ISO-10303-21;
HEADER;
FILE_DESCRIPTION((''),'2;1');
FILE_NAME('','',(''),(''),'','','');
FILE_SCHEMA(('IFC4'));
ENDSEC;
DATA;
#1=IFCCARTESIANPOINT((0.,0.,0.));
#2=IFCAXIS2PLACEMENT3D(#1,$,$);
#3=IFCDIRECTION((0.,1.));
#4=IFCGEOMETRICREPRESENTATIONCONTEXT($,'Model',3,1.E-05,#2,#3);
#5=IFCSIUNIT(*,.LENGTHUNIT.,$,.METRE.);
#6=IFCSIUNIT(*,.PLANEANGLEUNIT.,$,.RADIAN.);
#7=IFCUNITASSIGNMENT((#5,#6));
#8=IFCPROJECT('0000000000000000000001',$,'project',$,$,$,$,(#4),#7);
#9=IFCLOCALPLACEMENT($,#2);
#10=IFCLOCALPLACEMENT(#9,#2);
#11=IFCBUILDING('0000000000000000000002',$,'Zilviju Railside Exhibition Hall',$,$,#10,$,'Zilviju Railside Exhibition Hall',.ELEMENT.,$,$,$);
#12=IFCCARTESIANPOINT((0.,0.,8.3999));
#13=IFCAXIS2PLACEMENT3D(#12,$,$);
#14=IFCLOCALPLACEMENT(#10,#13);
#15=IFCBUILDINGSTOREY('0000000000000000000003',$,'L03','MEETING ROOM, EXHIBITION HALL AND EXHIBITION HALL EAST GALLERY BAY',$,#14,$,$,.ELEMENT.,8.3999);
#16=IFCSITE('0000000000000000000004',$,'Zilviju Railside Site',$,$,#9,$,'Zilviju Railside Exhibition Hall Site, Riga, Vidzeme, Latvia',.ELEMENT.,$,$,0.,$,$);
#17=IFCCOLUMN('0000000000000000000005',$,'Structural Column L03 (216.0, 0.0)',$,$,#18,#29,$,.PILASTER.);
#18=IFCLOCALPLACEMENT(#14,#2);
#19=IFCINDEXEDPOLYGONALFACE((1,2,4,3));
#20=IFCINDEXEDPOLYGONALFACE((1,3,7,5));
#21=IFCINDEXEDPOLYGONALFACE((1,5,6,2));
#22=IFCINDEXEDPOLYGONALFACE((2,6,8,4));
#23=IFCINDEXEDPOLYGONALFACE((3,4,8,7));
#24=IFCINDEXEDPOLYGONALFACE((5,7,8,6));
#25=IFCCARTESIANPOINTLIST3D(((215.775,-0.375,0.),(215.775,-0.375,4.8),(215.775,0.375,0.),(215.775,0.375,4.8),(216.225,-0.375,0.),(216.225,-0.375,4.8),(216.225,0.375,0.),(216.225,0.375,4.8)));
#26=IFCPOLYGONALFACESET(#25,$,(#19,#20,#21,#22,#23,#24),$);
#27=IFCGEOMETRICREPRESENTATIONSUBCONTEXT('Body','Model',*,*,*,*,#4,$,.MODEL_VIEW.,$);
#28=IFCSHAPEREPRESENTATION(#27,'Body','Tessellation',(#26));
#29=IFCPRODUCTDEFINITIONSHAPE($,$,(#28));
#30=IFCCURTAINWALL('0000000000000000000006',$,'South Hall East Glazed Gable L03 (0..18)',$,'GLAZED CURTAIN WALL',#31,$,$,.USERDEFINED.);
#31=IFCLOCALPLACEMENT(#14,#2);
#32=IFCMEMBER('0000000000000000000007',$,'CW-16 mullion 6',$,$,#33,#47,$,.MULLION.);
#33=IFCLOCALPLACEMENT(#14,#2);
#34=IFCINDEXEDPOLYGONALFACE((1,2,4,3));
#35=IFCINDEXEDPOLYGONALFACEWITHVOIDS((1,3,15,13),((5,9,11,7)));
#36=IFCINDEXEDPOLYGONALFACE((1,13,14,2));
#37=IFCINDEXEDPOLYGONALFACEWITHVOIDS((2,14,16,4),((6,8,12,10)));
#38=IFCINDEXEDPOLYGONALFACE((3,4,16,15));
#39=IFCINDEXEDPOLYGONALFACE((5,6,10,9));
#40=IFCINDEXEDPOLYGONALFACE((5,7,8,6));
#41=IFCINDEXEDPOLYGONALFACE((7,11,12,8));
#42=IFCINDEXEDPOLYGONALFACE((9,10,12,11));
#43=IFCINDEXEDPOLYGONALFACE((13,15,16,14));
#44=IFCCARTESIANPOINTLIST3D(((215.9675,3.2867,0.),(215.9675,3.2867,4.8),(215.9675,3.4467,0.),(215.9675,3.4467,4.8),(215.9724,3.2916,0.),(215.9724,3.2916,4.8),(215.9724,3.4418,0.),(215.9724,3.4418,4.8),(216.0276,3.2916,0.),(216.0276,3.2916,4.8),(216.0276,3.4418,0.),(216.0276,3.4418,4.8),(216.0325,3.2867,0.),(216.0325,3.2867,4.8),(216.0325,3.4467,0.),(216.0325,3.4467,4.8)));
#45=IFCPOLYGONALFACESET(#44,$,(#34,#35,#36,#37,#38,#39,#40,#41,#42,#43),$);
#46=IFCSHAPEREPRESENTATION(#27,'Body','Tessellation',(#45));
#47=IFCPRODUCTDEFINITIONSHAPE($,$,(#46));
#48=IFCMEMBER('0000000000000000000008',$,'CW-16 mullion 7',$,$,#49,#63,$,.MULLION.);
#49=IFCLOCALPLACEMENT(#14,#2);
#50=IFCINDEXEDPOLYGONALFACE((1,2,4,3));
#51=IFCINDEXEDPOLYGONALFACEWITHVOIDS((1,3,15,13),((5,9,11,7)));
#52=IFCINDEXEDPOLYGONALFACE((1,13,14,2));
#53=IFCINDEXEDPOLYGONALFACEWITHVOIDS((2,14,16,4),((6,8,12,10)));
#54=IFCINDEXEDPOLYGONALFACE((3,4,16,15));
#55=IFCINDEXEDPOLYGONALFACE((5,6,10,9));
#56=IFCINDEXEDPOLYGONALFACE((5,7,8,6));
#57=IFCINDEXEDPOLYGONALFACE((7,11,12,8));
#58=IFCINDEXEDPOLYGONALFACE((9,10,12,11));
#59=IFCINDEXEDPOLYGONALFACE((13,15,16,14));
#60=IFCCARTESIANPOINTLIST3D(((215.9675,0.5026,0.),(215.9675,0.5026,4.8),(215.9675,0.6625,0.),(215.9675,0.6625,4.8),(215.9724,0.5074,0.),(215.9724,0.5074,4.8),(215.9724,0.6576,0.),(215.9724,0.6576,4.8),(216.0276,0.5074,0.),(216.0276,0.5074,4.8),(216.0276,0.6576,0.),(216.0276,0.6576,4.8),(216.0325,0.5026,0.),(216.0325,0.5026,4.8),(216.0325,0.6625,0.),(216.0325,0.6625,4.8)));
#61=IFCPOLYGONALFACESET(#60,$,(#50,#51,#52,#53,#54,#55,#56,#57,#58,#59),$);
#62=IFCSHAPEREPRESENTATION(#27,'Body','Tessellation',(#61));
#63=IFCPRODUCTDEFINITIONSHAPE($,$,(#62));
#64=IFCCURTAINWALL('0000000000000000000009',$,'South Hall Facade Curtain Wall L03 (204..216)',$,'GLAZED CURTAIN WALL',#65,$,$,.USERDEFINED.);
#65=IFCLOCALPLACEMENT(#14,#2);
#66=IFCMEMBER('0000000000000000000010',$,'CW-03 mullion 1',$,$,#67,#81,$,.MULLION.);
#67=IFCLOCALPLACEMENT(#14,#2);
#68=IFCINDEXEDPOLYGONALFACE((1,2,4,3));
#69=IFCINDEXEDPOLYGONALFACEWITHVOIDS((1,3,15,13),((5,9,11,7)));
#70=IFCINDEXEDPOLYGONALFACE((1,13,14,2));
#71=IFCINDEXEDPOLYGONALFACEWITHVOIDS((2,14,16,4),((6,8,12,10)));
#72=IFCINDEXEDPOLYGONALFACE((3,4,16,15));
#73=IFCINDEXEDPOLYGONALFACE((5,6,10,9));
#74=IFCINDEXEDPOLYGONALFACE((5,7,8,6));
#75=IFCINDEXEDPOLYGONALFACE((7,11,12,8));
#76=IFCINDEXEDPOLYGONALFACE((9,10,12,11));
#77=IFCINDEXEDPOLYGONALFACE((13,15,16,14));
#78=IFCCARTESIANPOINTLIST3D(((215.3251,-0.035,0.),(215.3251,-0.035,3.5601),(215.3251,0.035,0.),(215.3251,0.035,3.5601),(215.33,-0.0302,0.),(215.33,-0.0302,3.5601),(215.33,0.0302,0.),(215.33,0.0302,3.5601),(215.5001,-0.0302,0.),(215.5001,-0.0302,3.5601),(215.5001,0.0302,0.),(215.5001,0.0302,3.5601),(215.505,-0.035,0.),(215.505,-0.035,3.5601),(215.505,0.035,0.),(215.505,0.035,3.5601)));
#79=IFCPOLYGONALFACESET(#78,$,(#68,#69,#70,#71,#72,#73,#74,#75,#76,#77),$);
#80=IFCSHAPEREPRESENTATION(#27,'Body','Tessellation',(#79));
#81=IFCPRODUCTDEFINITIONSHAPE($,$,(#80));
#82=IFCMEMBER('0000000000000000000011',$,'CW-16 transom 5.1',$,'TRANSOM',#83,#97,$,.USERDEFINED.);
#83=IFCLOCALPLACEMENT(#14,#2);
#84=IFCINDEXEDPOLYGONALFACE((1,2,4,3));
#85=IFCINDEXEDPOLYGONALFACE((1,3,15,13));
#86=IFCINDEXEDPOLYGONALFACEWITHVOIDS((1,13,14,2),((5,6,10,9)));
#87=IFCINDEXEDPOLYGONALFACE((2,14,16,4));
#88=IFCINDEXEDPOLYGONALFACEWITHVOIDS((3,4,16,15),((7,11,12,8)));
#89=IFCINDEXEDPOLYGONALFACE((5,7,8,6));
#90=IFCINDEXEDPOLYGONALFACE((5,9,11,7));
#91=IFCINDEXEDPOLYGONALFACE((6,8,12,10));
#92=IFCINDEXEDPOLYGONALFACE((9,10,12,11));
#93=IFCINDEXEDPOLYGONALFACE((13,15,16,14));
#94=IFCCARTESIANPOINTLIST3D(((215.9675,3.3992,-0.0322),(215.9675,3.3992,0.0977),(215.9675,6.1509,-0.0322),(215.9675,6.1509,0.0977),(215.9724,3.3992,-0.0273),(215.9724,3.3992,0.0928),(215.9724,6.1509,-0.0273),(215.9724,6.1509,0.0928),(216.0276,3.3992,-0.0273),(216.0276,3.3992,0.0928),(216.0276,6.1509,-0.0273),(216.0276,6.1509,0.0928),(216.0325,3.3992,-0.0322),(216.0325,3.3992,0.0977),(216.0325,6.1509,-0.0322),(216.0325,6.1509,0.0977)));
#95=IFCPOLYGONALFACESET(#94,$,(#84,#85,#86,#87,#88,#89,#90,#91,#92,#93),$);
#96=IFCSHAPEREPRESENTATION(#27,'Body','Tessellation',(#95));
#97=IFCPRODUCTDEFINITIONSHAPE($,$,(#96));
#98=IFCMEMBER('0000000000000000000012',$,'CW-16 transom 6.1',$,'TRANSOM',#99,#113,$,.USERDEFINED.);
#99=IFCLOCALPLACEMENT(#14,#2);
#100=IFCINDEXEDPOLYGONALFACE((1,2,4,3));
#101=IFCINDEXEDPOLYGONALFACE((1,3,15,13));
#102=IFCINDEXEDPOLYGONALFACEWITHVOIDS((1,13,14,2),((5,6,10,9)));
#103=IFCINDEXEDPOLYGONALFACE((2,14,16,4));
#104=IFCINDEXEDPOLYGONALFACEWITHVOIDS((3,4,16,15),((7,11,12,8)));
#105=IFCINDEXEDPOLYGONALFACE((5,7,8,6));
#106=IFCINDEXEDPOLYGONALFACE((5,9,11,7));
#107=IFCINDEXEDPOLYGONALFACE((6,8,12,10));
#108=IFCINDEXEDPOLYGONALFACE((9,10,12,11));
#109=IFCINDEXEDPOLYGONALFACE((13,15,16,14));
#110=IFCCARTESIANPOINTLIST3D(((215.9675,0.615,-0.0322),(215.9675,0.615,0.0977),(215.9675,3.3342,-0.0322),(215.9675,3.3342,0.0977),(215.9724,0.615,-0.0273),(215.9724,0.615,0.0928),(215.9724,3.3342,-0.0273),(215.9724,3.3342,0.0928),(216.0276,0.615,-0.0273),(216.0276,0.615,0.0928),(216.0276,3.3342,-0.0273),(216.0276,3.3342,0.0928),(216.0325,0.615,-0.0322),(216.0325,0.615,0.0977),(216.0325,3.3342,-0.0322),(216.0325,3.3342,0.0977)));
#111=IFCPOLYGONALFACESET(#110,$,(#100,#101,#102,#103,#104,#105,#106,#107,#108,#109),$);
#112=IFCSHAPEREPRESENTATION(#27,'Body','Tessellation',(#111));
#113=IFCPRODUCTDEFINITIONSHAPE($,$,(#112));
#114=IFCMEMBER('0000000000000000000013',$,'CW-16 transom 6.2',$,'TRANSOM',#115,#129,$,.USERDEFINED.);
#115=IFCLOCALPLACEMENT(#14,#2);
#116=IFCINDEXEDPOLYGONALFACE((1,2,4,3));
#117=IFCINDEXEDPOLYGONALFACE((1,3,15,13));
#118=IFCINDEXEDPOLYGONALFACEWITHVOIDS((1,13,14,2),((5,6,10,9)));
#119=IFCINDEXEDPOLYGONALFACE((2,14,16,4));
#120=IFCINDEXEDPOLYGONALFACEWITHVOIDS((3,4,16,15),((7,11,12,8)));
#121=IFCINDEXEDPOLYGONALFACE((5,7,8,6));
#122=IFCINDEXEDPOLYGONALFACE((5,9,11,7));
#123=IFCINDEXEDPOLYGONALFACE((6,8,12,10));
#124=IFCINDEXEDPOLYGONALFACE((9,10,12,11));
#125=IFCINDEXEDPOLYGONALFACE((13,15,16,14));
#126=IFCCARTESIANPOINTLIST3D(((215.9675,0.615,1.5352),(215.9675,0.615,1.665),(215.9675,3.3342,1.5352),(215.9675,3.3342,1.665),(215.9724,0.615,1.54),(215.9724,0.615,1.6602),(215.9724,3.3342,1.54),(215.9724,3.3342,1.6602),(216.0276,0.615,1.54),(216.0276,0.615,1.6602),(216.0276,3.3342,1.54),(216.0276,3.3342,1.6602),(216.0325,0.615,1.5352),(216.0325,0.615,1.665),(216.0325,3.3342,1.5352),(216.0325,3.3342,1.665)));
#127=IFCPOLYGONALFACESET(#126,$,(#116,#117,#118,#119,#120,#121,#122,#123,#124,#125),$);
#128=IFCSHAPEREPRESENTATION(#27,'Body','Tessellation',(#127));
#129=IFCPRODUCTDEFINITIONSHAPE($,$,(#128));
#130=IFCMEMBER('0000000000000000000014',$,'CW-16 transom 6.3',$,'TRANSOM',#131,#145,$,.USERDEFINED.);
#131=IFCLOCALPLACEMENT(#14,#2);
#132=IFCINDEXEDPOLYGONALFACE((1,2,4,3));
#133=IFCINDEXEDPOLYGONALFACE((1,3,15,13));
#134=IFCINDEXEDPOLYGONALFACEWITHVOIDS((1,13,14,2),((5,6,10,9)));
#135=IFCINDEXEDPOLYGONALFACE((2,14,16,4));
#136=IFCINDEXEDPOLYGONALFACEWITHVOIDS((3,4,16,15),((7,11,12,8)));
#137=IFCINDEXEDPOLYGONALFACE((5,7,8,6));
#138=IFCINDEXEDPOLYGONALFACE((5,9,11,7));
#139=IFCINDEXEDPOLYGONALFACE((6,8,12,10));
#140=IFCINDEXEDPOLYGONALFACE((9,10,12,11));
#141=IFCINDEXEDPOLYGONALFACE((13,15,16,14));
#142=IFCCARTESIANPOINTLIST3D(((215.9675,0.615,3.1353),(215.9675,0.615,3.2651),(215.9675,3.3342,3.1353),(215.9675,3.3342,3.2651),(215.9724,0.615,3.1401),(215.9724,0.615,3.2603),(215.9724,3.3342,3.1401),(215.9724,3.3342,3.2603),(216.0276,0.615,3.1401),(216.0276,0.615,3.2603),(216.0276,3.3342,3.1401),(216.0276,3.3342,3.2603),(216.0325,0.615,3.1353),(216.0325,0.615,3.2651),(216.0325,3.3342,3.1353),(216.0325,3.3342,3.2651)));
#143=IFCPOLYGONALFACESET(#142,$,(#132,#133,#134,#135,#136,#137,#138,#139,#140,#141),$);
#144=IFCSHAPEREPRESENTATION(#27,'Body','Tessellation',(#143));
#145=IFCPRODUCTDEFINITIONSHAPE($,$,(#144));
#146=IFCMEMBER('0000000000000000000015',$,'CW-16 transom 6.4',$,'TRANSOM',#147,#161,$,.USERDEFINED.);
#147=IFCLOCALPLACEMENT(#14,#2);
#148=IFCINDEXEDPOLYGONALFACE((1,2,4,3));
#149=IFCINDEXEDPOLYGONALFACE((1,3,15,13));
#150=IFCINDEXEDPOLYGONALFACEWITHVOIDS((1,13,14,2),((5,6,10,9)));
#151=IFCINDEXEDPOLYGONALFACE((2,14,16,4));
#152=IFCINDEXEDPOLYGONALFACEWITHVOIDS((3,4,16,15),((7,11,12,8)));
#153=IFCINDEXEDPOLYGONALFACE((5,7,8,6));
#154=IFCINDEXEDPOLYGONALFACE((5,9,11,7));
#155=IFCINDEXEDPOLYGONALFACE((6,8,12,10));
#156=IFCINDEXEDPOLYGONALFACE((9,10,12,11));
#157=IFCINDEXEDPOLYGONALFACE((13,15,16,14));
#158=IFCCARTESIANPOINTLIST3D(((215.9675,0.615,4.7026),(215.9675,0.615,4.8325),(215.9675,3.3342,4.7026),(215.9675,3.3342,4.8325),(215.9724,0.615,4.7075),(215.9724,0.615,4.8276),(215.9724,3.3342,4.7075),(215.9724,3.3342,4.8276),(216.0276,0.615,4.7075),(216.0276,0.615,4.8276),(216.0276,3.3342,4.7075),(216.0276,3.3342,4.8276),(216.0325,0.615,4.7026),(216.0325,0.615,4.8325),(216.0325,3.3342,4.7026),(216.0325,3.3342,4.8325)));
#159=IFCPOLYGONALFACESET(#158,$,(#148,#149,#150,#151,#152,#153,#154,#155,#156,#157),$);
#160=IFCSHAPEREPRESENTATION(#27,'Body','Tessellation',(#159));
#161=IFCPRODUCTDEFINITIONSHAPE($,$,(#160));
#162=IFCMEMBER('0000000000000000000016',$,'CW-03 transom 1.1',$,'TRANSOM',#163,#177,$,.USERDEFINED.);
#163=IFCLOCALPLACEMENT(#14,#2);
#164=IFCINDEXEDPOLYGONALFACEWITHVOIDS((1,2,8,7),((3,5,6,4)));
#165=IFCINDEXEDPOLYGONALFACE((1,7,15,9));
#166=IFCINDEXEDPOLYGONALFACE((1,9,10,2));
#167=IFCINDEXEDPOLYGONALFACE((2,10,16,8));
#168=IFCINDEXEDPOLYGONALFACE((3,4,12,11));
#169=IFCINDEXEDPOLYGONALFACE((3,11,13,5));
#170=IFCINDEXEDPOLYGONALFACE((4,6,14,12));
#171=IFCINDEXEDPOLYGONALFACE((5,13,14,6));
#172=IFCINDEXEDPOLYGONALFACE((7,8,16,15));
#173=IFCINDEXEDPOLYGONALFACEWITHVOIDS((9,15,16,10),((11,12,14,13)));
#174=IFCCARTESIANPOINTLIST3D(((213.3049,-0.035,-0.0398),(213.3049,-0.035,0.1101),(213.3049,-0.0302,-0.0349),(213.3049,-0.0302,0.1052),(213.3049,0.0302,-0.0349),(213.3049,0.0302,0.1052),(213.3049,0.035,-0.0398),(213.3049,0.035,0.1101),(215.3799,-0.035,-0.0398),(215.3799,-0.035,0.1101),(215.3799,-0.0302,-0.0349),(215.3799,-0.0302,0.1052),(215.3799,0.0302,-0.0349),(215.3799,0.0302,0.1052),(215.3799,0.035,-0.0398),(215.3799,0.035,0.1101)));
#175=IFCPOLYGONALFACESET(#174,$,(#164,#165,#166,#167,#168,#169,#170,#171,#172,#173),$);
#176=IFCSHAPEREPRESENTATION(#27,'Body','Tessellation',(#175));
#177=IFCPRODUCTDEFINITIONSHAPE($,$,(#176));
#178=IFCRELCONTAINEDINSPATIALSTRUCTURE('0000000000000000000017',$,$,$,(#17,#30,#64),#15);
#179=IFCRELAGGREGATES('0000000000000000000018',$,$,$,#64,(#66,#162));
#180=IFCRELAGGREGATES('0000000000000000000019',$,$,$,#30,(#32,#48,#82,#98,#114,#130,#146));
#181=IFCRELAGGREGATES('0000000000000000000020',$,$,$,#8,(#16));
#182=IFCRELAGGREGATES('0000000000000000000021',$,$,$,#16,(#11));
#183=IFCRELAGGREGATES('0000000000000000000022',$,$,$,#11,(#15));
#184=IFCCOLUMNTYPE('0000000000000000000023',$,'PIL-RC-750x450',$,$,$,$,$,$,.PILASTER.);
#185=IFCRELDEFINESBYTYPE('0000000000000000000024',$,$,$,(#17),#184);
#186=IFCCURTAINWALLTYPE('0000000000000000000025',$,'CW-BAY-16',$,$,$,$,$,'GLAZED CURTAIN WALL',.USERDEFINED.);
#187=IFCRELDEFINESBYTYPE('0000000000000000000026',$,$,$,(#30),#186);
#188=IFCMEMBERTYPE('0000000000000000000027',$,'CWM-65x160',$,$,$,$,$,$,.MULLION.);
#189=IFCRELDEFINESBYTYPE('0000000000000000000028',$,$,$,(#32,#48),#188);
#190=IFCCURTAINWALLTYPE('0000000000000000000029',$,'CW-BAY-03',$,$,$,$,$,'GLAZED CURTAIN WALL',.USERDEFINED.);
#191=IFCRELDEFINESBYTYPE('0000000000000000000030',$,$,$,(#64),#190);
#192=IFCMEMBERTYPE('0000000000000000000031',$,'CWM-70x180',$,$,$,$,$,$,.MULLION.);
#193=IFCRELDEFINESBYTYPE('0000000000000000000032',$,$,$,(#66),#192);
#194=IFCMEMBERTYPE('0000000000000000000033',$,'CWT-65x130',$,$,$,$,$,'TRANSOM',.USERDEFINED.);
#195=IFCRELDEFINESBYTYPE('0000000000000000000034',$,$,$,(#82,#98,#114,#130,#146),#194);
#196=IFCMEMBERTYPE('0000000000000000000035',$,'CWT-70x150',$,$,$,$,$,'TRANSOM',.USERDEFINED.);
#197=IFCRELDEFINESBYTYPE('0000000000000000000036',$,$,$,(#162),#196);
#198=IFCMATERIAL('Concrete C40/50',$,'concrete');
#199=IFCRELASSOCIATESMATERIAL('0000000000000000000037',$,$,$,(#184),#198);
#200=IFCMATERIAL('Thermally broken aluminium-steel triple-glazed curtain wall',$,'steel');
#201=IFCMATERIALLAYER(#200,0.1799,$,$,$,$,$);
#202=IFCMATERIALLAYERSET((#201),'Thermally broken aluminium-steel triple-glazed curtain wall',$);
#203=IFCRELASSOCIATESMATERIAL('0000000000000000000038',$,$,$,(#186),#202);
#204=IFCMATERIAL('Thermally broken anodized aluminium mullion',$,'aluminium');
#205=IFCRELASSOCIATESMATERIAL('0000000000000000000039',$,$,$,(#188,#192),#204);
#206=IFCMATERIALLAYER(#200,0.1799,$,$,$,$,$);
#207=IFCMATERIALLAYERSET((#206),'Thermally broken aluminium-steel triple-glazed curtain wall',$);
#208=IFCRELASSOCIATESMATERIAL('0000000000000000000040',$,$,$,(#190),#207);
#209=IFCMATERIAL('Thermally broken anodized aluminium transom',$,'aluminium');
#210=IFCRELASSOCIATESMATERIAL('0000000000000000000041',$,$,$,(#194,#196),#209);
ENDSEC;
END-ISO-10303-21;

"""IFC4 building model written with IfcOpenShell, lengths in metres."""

from ifc_helpers import new_model, si_unit, direction, frame, origin, origin_2d, place, context, subcontext, project, spatial, rectangle, hollow_rectangle, extrude, material, layer, layer_set, material_profile, profile_set, type_object, element, aggregate, save


model = new_model("IFC4")

# Units and contexts
model_context = context("Model", 3, precision=1e-05, world=origin(), true_north=direction((0.0, 1.0)))
body_context = subcontext(model_context, "Body", "Model", "MODEL_VIEW")
ifc_project = project(units=[si_unit("LENGTHUNIT", "METRE"), si_unit("PLANEANGLEUNIT", "RADIAN")], contexts=[model_context])

# Site, building, storey
site_placement = place(None, origin())
site = spatial("IfcSite", under=ifc_project, at=site_placement, Name="Zilviju Railside Site", LongName="Zilviju Railside Exhibition Hall Site, Riga, Vidzeme, Latvia", CompositionType="ELEMENT", RefElevation=0.0)
building_placement = place(site_placement, origin())
building = spatial("IfcBuilding", under=site, at=building_placement, Name="Zilviju Railside Exhibition Hall", LongName="Zilviju Railside Exhibition Hall", CompositionType="ELEMENT")
storey_placement = place(building_placement, frame((0.0, 0.0, 8.3999)))
storey = spatial("IfcBuildingStorey", under=building, at=storey_placement, Name="L03", Description="MEETING ROOM, EXHIBITION HALL AND EXHIBITION HALL EAST GALLERY BAY", CompositionType="ELEMENT", Elevation=8.3999)

# Column
ifc_material_1 = material(Name="Concrete C40/50", Category="concrete")
ifc_material_profile_1 = material_profile(ifc_material_1, rectangle(XDim=0.45, YDim=0.75, at=origin_2d()), Name="RC COL 450x750")
ifc_profile_set_1 = profile_set([ifc_material_profile_1], Name="Concrete C40/50")
column_type = type_object("IfcColumnType", Name="PIL-RC-750x450", PredefinedType="PILASTER", material=ifc_profile_set_1)
column_placement = place(storey_placement, frame((216.0, 0.0, 0.0), z_axis=(0.0, 0.0, 1.0), x_axis=(1.0, 0.0, 0.0)))
element("IfcColumn", 1, at=column_placement, inside=storey, type_object=column_type, Name="Structural Column L03 (216.0, 0.0)", PredefinedType="PILASTER", context=body_context, shape_type="SweptSolid", body=[
    extrude(rectangle(XDim=0.45, YDim=0.75, at=origin_2d()), origin(), (0.0, 0.0, 1.0), 4.8),
])

# Curtain wall, members
ifc_material_2 = material(Name="Thermally broken aluminium-steel triple-glazed curtain wall", Category="steel")
ifc_layer_1 = layer(ifc_material_2, 0.1799)
ifc_layer_set_1 = layer_set([ifc_layer_1], Name="Thermally broken aluminium-steel triple-glazed curtain wall")
curtain_wall_type_1 = type_object("IfcCurtainWallType", Name="CW-BAY-16", ElementType="GLAZED CURTAIN WALL", PredefinedType="USERDEFINED", material=ifc_layer_set_1)
curtain_wall_1_placement = place(storey_placement, origin())
curtain_wall_1 = element("IfcCurtainWall", 2, at=curtain_wall_1_placement, inside=storey, type_object=curtain_wall_type_1, Name="South Hall East Glazed Gable L03 (0..18)", ObjectType="GLAZED CURTAIN WALL", PredefinedType="USERDEFINED")
ifc_material_3 = material(Name="Thermally broken anodized aluminium mullion", Category="aluminium")
ifc_material_profile_2 = material_profile(ifc_material_3, hollow_rectangle(XDim=0.0649, YDim=0.1599, WallThickness=0.0049, at=origin_2d()), Name="MULLION 160x65x5")
ifc_profile_set_2 = profile_set([ifc_material_profile_2], Name="Thermally broken anodized aluminium mullion")
member_type_1 = type_object("IfcMemberType", Name="CWM-65x160", PredefinedType="MULLION", material=ifc_profile_set_2)
member_1_placement = place(storey_placement, frame((216.0, 3.3667, 0.0), z_axis=(0.0, 0.0, 1.0), x_axis=(1.0, 0.0, 0.0)))
member_1 = element("IfcMember", 3, at=member_1_placement, type_object=member_type_1, Name="CW-16 mullion 6", PredefinedType="MULLION", context=body_context, shape_type="SweptSolid", body=[
    extrude(hollow_rectangle(XDim=0.0649, YDim=0.1599, WallThickness=0.0049, at=origin_2d()), origin(), (0.0, 0.0, 1.0), 4.8),
])
member_2_placement = place(storey_placement, frame((216.0, 0.5825, 0.0), z_axis=(0.0, 0.0, 1.0), x_axis=(1.0, 0.0, 0.0)))
member_2 = element("IfcMember", 4, at=member_2_placement, type_object=member_type_1, Name="CW-16 mullion 7", PredefinedType="MULLION", context=body_context, shape_type="SweptSolid", body=[
    extrude(hollow_rectangle(XDim=0.0649, YDim=0.1599, WallThickness=0.0049, at=origin_2d()), origin(), (0.0, 0.0, 1.0), 4.8),
])

# Curtain wall, member
ifc_layer_2 = layer(ifc_material_2, 0.1799)
ifc_layer_set_2 = layer_set([ifc_layer_2], Name="Thermally broken aluminium-steel triple-glazed curtain wall")
curtain_wall_type_2 = type_object("IfcCurtainWallType", Name="CW-BAY-03", ElementType="GLAZED CURTAIN WALL", PredefinedType="USERDEFINED", material=ifc_layer_set_2)
curtain_wall_2_placement = place(storey_placement, origin())
curtain_wall_2 = element("IfcCurtainWall", 5, at=curtain_wall_2_placement, inside=storey, type_object=curtain_wall_type_2, Name="South Hall Facade Curtain Wall L03 (204..216)", ObjectType="GLAZED CURTAIN WALL", PredefinedType="USERDEFINED")
ifc_material_profile_3 = material_profile(ifc_material_3, hollow_rectangle(XDim=0.0701, YDim=0.1799, WallThickness=0.0049, at=origin_2d()), Name="MULLION 180x70x5")
ifc_profile_set_3 = profile_set([ifc_material_profile_3], Name="Thermally broken anodized aluminium mullion")
member_type_2 = type_object("IfcMemberType", Name="CWM-70x180", PredefinedType="MULLION", material=ifc_profile_set_3)
member_3_placement = place(storey_placement, frame((215.415, 0.0, 0.0), z_axis=(0.0, 0.0, 1.0), x_axis=(0.0, -1.0, 0.0)))
member_3 = element("IfcMember", 6, at=member_3_placement, type_object=member_type_2, Name="CW-03 mullion 1", PredefinedType="MULLION", context=body_context, shape_type="SweptSolid", body=[
    extrude(hollow_rectangle(XDim=0.0701, YDim=0.1799, WallThickness=0.0049, at=origin_2d()), origin(), (0.0, 0.0, 1.0), 3.5601),
])

# Members
ifc_material_4 = material(Name="Thermally broken anodized aluminium transom", Category="aluminium")
ifc_material_profile_4 = material_profile(ifc_material_4, hollow_rectangle(XDim=0.0649, YDim=0.1299, WallThickness=0.0049, at=origin_2d()), Name="TRANSOM 130x65x5")
ifc_profile_set_4 = profile_set([ifc_material_profile_4], Name="Thermally broken anodized aluminium transom")
member_type_3 = type_object("IfcMemberType", Name="CWT-65x130", ElementType="TRANSOM", PredefinedType="USERDEFINED", material=ifc_profile_set_4)
member_4_placement = place(storey_placement, frame((216.0, 6.1509, 0.0327), z_axis=(0.0, -1.0, 0.0), x_axis=(1.0, 0.0, 0.0)))
member_4 = element("IfcMember", 7, at=member_4_placement, type_object=member_type_3, Name="CW-16 transom 5.1", ObjectType="TRANSOM", PredefinedType="USERDEFINED", context=body_context, shape_type="SweptSolid", body=[
    extrude(hollow_rectangle(XDim=0.0649, YDim=0.1299, WallThickness=0.0049, at=origin_2d()), origin(), (0.0, 0.0, 1.0), 2.7517),
])
member_5_placement = place(storey_placement, frame((216.0, 3.3342, 0.0327), z_axis=(0.0, -1.0, 0.0), x_axis=(1.0, 0.0, 0.0)))
member_5 = element("IfcMember", 8, at=member_5_placement, type_object=member_type_3, Name="CW-16 transom 6.1", ObjectType="TRANSOM", PredefinedType="USERDEFINED", context=body_context, shape_type="SweptSolid", body=[
    extrude(hollow_rectangle(XDim=0.0649, YDim=0.1299, WallThickness=0.0049, at=origin_2d()), origin(), (0.0, 0.0, 1.0), 2.7192),
])
member_6_placement = place(storey_placement, frame((216.0, 3.3342, 1.6001), z_axis=(0.0, -1.0, 0.0), x_axis=(1.0, 0.0, 0.0)))
member_6 = element("IfcMember", 9, at=member_6_placement, type_object=member_type_3, Name="CW-16 transom 6.2", ObjectType="TRANSOM", PredefinedType="USERDEFINED", context=body_context, shape_type="SweptSolid", body=[
    extrude(hollow_rectangle(XDim=0.0649, YDim=0.1299, WallThickness=0.0049, at=origin_2d()), origin(), (0.0, 0.0, 1.0), 2.7192),
])
member_7_placement = place(storey_placement, frame((216.0, 3.3342, 3.2002), z_axis=(0.0, -1.0, 0.0), x_axis=(1.0, 0.0, 0.0)))
member_7 = element("IfcMember", 10, at=member_7_placement, type_object=member_type_3, Name="CW-16 transom 6.3", ObjectType="TRANSOM", PredefinedType="USERDEFINED", context=body_context, shape_type="SweptSolid", body=[
    extrude(hollow_rectangle(XDim=0.0649, YDim=0.1299, WallThickness=0.0049, at=origin_2d()), origin(), (0.0, 0.0, 1.0), 2.7192),
])
member_8_placement = place(storey_placement, frame((216.0, 3.3342, 4.7676), z_axis=(0.0, -1.0, 0.0), x_axis=(1.0, 0.0, 0.0)))
member_8 = element("IfcMember", 11, at=member_8_placement, type_object=member_type_3, Name="CW-16 transom 6.4", ObjectType="TRANSOM", PredefinedType="USERDEFINED", context=body_context, shape_type="SweptSolid", body=[
    extrude(hollow_rectangle(XDim=0.0649, YDim=0.1299, WallThickness=0.0049, at=origin_2d()), origin(), (0.0, 0.0, 1.0), 2.7192),
])
ifc_material_profile_5 = material_profile(ifc_material_4, hollow_rectangle(XDim=0.0701, YDim=0.1499, WallThickness=0.0049, at=origin_2d()), Name="TRANSOM 150x70x5")
ifc_profile_set_5 = profile_set([ifc_material_profile_5], Name="Thermally broken anodized aluminium transom")
member_type_4 = type_object("IfcMemberType", Name="CWT-70x150", ElementType="TRANSOM", PredefinedType="USERDEFINED", material=ifc_profile_set_5)
member_9_placement = place(storey_placement, frame((215.3799, 0.0, 0.0352), z_axis=(-1.0, 0.0, 0.0), x_axis=(0.0, -1.0, 0.0)))
member_9 = element("IfcMember", 12, at=member_9_placement, type_object=member_type_4, Name="CW-03 transom 1.1", ObjectType="TRANSOM", PredefinedType="USERDEFINED", context=body_context, shape_type="SweptSolid", body=[
    extrude(hollow_rectangle(XDim=0.0701, YDim=0.1499, WallThickness=0.0049, at=origin_2d()), origin(), (0.0, 0.0, 1.0), 2.075),
])
aggregate(curtain_wall_2, [member_3, member_9])

aggregate(curtain_wall_1, [member_1, member_2, member_4, member_5, member_6, member_7, member_8])

save(model, "model.ifc")
